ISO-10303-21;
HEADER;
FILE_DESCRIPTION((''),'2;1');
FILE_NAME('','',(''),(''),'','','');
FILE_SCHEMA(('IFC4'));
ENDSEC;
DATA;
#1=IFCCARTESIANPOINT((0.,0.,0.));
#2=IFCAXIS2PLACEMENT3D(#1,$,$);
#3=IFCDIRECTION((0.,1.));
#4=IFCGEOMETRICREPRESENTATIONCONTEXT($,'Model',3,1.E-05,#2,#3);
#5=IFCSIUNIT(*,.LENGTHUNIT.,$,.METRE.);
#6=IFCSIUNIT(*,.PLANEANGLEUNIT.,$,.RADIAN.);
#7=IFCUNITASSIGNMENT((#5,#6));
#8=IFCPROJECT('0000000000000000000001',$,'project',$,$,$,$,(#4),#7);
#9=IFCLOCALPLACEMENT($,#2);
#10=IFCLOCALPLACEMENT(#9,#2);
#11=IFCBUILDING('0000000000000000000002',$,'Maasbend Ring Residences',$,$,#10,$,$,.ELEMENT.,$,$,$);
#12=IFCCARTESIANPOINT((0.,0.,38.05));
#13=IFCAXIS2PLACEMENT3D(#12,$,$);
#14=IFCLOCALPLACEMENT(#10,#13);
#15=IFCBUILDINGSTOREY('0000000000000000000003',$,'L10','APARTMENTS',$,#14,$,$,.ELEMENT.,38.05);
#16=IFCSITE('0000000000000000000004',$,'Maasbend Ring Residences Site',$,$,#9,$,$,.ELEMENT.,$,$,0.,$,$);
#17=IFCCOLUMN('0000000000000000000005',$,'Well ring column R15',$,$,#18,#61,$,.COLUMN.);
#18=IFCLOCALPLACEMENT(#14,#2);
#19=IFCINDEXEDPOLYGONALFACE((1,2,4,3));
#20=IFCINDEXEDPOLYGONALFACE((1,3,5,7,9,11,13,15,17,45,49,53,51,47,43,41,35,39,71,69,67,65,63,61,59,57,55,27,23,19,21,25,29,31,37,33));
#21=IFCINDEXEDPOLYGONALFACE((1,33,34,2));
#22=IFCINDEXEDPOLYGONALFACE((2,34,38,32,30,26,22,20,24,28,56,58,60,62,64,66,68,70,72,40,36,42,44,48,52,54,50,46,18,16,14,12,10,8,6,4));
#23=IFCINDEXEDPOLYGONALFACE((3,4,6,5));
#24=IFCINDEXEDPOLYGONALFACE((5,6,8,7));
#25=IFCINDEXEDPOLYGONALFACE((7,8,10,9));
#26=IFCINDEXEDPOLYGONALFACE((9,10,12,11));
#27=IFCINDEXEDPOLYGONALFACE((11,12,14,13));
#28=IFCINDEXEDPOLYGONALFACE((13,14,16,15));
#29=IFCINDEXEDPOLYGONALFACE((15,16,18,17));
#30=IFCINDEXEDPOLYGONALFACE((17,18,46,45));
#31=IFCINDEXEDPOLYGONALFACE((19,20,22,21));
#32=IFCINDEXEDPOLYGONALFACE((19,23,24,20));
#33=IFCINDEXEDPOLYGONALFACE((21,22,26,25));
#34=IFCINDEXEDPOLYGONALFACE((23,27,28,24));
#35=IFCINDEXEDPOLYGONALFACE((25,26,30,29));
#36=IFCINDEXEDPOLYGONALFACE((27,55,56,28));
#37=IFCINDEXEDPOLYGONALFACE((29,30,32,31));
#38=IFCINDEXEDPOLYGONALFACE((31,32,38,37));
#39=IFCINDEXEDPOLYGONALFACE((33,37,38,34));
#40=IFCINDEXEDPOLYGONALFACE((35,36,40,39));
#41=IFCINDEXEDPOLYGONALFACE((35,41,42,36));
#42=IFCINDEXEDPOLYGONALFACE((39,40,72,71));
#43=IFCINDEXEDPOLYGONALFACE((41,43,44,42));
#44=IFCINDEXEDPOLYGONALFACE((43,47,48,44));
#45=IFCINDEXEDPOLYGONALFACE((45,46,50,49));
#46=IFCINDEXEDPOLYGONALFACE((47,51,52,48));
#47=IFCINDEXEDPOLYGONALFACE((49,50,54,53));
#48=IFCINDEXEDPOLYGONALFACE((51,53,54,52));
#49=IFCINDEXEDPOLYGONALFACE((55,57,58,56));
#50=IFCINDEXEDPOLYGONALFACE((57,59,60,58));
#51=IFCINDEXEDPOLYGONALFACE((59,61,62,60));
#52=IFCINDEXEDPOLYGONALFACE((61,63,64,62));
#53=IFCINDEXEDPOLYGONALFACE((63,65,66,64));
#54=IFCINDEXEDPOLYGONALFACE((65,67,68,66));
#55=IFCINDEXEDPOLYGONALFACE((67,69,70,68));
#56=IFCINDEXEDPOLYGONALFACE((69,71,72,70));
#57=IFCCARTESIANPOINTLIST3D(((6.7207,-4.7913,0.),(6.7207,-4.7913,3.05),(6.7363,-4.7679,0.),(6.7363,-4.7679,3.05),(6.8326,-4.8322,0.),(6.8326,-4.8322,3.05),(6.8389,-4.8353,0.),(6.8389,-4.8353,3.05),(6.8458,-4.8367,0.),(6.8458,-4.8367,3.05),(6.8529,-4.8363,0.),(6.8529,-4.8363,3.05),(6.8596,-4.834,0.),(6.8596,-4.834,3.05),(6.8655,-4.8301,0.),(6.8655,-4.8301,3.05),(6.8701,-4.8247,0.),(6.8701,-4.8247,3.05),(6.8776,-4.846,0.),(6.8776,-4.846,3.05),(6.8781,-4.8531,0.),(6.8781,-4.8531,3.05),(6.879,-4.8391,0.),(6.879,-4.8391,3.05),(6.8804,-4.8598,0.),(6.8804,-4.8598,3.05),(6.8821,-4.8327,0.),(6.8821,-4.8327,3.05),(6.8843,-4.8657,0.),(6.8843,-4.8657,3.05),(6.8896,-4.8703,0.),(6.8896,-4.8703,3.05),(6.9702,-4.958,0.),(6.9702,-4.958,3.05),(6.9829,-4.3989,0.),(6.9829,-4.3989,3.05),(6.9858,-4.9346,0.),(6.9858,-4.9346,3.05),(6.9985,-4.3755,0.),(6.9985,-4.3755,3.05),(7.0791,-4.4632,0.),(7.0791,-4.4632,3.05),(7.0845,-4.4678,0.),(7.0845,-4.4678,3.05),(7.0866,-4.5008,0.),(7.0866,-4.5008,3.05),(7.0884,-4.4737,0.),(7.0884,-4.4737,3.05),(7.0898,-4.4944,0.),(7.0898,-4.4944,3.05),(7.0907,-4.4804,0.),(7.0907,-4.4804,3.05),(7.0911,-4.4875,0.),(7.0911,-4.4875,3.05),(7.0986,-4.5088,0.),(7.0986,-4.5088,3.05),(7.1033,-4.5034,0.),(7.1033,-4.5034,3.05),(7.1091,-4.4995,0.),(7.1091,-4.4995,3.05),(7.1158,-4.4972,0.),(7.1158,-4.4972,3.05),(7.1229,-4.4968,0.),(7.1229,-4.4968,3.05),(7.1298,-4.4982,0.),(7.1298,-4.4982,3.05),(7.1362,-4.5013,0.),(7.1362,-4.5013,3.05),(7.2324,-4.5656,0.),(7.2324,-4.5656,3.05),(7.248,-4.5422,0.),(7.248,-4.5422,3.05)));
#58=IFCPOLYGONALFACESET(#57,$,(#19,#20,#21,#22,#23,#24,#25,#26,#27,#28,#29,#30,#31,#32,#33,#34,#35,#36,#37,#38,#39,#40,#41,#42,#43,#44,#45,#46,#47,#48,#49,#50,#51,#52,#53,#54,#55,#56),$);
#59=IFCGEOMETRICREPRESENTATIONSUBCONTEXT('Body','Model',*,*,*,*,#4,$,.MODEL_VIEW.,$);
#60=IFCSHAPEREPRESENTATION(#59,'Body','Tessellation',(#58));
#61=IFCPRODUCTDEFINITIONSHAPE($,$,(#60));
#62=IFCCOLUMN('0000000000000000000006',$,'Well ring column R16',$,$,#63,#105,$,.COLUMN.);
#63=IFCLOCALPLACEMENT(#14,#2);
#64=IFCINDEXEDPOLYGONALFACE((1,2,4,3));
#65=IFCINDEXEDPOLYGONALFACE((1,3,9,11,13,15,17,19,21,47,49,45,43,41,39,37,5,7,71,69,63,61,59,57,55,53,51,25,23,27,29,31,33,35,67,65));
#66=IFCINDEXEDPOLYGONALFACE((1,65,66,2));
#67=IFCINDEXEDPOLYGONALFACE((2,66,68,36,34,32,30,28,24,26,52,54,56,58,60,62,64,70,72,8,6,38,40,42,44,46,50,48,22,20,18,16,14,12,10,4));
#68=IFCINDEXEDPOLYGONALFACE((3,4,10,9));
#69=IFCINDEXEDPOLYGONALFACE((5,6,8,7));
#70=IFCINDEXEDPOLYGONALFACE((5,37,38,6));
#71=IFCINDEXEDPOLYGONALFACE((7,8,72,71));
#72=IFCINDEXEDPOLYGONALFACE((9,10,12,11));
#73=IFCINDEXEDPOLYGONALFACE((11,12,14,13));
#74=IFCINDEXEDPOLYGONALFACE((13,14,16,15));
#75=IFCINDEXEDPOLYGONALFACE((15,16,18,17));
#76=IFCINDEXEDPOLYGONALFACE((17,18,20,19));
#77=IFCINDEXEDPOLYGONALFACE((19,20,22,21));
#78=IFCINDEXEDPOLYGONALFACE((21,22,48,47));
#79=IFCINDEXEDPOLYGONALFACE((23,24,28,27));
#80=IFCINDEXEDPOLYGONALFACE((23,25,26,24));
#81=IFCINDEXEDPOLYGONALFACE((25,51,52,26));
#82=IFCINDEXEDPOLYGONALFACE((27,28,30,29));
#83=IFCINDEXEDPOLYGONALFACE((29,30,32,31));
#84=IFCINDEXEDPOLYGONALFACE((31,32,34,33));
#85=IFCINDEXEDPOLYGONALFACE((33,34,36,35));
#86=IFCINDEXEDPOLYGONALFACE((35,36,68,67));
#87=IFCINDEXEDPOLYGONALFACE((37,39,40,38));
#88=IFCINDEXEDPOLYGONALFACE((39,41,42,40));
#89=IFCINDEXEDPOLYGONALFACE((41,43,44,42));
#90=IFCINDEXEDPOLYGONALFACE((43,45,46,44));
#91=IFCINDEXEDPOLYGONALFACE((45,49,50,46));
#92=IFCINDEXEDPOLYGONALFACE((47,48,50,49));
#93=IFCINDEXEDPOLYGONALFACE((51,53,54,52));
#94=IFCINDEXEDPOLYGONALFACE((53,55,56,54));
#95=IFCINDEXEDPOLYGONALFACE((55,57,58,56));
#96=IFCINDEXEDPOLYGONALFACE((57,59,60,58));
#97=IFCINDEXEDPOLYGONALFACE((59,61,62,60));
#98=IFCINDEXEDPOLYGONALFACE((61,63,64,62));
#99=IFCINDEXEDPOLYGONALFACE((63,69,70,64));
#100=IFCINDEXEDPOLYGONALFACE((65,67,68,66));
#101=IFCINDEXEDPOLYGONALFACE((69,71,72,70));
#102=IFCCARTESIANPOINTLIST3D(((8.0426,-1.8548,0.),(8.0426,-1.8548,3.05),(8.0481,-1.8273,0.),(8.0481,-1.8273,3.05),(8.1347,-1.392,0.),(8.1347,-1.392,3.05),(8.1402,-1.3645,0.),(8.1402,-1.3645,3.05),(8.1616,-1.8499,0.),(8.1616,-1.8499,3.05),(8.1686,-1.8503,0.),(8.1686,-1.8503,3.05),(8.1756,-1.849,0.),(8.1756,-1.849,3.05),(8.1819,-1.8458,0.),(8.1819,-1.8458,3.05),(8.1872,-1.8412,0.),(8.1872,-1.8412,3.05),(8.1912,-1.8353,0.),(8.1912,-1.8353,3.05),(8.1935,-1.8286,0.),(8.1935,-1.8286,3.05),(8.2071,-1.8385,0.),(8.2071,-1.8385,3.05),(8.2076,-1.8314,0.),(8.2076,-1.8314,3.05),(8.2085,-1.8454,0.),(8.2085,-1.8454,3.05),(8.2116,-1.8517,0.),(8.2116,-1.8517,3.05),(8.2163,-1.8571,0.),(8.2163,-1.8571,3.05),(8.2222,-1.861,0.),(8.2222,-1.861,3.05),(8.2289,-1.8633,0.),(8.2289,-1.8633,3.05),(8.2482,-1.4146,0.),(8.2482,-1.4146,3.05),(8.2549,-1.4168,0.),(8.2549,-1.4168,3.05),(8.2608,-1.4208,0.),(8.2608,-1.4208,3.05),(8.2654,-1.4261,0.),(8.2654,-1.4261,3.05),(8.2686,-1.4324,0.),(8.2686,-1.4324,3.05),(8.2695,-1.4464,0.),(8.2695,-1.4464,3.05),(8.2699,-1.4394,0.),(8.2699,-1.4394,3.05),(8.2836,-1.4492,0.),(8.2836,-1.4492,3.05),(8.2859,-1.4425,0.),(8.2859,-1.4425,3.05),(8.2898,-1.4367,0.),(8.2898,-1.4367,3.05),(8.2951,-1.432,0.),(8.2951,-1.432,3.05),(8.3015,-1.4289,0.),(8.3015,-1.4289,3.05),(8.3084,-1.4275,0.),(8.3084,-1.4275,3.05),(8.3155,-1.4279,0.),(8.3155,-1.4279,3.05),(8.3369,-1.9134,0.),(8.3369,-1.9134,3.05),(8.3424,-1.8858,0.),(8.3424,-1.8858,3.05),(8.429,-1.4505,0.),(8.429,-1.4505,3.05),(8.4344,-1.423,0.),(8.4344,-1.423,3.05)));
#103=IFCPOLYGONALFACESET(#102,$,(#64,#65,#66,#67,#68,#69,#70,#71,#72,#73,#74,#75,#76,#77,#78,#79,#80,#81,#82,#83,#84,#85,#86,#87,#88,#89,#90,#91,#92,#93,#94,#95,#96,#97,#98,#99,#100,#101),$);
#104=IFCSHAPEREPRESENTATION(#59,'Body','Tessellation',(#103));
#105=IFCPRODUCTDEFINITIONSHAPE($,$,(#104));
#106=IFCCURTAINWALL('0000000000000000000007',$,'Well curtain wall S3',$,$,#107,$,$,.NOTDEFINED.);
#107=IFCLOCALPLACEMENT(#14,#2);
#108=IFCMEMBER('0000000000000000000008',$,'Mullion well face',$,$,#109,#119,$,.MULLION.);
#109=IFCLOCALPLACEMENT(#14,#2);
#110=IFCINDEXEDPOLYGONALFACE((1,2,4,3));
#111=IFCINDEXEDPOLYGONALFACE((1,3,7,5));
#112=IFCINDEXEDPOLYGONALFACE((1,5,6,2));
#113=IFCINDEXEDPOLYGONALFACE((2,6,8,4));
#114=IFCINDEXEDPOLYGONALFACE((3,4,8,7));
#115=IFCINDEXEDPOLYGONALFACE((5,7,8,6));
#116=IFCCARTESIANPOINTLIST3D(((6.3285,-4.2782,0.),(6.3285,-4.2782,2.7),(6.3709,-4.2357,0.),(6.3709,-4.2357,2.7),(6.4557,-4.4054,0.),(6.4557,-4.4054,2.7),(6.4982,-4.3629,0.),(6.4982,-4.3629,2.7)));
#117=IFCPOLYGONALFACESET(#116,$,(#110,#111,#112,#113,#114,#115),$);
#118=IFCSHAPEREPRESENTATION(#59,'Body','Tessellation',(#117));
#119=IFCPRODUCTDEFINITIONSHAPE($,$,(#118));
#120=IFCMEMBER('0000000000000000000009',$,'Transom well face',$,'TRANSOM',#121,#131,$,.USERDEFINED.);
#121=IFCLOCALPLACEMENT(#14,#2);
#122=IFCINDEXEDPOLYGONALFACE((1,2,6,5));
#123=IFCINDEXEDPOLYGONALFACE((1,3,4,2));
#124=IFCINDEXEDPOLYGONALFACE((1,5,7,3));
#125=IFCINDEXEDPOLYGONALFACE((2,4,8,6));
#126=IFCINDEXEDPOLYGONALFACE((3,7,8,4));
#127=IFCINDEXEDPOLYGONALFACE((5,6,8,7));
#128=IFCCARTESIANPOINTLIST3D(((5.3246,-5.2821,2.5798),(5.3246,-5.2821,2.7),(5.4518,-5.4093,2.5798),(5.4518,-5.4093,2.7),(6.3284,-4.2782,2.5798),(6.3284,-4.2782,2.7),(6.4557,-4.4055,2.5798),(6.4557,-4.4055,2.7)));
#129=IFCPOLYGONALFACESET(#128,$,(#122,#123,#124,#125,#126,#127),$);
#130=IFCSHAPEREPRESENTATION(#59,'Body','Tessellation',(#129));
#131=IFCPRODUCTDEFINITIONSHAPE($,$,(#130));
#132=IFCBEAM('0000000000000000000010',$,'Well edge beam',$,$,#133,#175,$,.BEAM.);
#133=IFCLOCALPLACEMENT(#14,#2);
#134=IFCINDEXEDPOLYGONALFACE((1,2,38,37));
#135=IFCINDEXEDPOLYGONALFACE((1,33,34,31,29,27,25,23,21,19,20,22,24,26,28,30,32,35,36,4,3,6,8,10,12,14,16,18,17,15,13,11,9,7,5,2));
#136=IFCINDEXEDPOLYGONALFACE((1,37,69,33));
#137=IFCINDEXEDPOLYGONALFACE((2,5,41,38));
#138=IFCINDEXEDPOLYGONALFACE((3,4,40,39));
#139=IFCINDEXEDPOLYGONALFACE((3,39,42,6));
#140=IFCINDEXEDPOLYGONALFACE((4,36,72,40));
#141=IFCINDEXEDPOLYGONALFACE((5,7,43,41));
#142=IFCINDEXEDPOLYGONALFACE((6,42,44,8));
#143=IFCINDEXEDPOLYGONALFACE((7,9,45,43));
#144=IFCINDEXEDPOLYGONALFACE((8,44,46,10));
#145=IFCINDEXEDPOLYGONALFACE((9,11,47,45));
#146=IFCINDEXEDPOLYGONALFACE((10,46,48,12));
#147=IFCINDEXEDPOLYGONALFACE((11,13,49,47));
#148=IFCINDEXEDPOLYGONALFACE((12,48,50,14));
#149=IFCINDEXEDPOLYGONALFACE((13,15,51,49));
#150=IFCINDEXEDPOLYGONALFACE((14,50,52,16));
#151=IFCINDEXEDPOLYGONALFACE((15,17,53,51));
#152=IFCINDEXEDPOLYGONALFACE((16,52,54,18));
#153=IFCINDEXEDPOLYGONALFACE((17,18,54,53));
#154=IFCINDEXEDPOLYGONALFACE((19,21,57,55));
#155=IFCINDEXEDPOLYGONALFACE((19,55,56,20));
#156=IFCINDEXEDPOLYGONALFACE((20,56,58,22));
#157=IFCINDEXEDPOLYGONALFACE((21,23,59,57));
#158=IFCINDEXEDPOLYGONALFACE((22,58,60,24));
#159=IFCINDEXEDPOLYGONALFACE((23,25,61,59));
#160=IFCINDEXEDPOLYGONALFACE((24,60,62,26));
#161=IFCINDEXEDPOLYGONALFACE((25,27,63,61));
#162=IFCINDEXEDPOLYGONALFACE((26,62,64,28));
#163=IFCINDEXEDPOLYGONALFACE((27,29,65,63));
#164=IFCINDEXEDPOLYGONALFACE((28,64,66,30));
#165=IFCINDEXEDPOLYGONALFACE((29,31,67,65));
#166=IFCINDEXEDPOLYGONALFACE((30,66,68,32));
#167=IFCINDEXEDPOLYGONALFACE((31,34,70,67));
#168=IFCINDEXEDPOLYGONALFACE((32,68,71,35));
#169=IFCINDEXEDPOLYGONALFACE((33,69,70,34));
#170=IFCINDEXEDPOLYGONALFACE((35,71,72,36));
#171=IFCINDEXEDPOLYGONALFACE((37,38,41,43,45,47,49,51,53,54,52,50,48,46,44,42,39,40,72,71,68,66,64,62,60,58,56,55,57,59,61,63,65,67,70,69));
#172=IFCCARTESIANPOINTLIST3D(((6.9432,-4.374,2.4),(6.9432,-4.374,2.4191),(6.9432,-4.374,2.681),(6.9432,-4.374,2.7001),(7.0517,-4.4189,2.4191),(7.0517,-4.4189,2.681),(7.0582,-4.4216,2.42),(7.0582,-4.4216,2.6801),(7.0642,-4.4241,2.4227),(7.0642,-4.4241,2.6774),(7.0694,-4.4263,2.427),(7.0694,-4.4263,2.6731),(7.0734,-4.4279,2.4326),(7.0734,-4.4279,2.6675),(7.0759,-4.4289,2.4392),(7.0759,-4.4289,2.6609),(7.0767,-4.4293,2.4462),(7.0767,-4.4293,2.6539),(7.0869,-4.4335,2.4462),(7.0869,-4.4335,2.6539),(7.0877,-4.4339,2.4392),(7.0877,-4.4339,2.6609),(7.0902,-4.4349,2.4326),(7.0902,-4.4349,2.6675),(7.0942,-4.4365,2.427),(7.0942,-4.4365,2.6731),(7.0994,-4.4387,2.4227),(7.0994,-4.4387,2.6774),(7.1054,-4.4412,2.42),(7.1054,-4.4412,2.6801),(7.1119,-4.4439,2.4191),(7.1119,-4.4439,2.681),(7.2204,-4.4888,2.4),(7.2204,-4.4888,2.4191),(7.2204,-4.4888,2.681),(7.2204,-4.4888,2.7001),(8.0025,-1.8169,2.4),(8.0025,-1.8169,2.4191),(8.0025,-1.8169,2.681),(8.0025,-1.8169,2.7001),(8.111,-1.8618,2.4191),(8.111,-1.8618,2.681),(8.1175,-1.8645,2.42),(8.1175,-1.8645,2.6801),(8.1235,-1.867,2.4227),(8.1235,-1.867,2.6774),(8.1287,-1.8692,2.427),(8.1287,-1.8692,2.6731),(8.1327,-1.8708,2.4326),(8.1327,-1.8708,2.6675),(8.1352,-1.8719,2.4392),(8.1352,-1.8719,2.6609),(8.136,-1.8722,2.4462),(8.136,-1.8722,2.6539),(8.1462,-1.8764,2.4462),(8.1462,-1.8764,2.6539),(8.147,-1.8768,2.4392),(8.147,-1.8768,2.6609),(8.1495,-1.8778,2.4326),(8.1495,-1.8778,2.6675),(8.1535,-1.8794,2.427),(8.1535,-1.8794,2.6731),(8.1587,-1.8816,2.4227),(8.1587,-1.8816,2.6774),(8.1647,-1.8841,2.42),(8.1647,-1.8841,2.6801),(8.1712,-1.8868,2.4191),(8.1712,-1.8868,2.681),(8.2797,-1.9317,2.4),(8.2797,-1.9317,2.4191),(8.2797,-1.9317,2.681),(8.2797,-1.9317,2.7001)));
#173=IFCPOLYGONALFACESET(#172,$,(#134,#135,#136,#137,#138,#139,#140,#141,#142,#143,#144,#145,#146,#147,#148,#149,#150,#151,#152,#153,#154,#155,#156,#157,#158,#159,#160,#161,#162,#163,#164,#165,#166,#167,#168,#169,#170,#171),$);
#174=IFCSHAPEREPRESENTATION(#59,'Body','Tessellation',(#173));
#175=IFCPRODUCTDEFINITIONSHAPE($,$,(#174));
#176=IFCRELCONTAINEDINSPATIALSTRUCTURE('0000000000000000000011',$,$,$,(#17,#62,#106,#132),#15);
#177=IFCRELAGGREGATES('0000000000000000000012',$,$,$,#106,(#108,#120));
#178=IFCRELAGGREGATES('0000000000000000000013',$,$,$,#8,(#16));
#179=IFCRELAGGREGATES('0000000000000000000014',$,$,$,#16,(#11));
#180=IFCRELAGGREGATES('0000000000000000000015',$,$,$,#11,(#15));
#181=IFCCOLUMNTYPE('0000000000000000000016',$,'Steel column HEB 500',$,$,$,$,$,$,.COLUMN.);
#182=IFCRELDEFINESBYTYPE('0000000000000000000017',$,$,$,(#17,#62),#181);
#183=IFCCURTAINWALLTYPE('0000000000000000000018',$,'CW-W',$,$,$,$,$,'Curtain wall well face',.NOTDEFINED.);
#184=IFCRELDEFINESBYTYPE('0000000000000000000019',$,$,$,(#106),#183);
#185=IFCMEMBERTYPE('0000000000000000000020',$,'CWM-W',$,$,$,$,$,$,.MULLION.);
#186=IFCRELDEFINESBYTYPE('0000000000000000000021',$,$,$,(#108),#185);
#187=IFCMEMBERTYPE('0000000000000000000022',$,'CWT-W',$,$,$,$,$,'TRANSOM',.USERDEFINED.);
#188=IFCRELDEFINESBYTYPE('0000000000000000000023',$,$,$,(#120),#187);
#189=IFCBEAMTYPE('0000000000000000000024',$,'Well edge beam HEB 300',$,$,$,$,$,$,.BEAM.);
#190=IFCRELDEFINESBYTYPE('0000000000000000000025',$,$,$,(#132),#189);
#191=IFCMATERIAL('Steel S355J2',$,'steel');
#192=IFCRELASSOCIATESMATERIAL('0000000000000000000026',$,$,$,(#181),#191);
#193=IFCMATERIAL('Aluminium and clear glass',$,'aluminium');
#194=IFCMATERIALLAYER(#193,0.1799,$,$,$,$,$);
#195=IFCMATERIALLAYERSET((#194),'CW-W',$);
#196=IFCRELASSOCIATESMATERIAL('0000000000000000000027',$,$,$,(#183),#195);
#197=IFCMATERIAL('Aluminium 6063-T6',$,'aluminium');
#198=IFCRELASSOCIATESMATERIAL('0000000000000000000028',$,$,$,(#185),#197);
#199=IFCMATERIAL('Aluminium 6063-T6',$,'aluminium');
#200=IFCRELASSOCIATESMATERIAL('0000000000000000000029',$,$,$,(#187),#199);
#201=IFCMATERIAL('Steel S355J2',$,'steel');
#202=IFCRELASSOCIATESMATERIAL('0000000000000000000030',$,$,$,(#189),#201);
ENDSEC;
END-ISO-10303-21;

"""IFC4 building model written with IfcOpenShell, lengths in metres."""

from ifc_helpers import new_model, si_unit, direction, frame, origin, origin_2d, place, context, subcontext, project, spatial, rectangle, i_section, extrude, material, layer, layer_set, material_profile, profile_set, type_object, element, aggregate, save


model = new_model("IFC4")

# Units and contexts
model_context = context("Model", 3, precision=1e-05, world=origin(), true_north=direction((0.0, 1.0)))
body_context = subcontext(model_context, "Body", "Model", "MODEL_VIEW")
ifc_project = project(units=[si_unit("LENGTHUNIT", "METRE"), si_unit("PLANEANGLEUNIT", "RADIAN")], contexts=[model_context])

# Site, building, storey
site_placement = place(None, origin())
site = spatial("IfcSite", under=ifc_project, at=site_placement, Name="Maasbend Ring Residences Site", CompositionType="ELEMENT", RefElevation=0.0)
building_placement = place(site_placement, origin())
building = spatial("IfcBuilding", under=site, at=building_placement, Name="Maasbend Ring Residences", CompositionType="ELEMENT")
storey_placement = place(building_placement, frame((0.0, 0.0, 38.05)))
storey = spatial("IfcBuildingStorey", under=building, at=storey_placement, Name="L10", Description="APARTMENTS", CompositionType="ELEMENT", Elevation=38.05)

# Columns
ifc_material_1 = material(Name="Steel S355J2", Category="steel")
ifc_material_profile_1 = material_profile(ifc_material_1, i_section(OverallWidth=0.3, OverallDepth=0.5, WebThickness=0.0144, FlangeThickness=0.0281, FilletRadius=0.0271, at=origin_2d()), Name="HEB 500")
ifc_profile_set_1 = profile_set([ifc_material_profile_1], Name="Steel S355J2")
column_type = type_object("IfcColumnType", Name="Steel column HEB 500", PredefinedType="COLUMN", material=ifc_profile_set_1)
for number, where, z_axis, x_axis, name in (
    (1, (6.9844, -4.6667, 0.0), (0.0, 0.0, 1.0), (0.83147, -0.55557, 0.0), "Well ring column R15"),
    (2, (8.2385, -1.6389, 0.0), (0.0, 0.0, 1.0), (0.980785, -0.19509, 0.0), "Well ring column R16"),
):
    element("IfcColumn", number, at=place(storey_placement, frame(where, z_axis=z_axis, x_axis=x_axis)), inside=storey, type_object=column_type, Name=name, PredefinedType="COLUMN", context=body_context, shape_type="SweptSolid", body=[
        extrude(i_section(OverallWidth=0.3, OverallDepth=0.5, WebThickness=0.0144, FlangeThickness=0.0281, FilletRadius=0.0271, at=origin_2d()), origin(), (0.0, 0.0, 1.0), 3.05),
    ])

# Curtain wall, members
ifc_material_2 = material(Name="Aluminium and clear glass", Category="aluminium")
ifc_layer_1 = layer(ifc_material_2, 0.1799)
ifc_layer_set_1 = layer_set([ifc_layer_1], Name="CW-W")
curtain_wall_type = type_object("IfcCurtainWallType", Name="CW-W", ElementType="Curtain wall well face", PredefinedType="NOTDEFINED", material=ifc_layer_set_1)
curtain_wall_placement = place(storey_placement, origin())
curtain_wall = element("IfcCurtainWall", 3, at=curtain_wall_placement, inside=storey, type_object=curtain_wall_type, Name="Well curtain wall S3", PredefinedType="NOTDEFINED")
ifc_material_3 = material(Name="Aluminium 6063-T6", Category="aluminium")
ifc_material_profile_2 = material_profile(ifc_material_3, rectangle(XDim=0.1799, YDim=0.0601, at=origin_2d()), Name="AL 180x60")
ifc_profile_set_2 = profile_set([ifc_material_profile_2], Name="Aluminium 6063-T6")
member_type_1 = type_object("IfcMemberType", Name="CWM-W", PredefinedType="MULLION", material=ifc_profile_set_2)
member_1_placement = place(storey_placement, frame((6.4133, -4.3206, 0.0), z_axis=(0.0, 0.0, 1.0), x_axis=(-0.707107, 0.707107, 0.0)))
member_1 = element("IfcMember", 4, at=member_1_placement, type_object=member_type_1, Name="Mullion well face", PredefinedType="MULLION", context=body_context, shape_type="SweptSolid", body=[
    extrude(rectangle(XDim=0.1799, YDim=0.0601, at=origin_2d()), origin(), (0.0, 0.0, 1.0), 2.7),
])
ifc_material_4 = material(Name="Aluminium 6063-T6", Category="aluminium")
ifc_material_profile_3 = material_profile(ifc_material_4, rectangle(XDim=0.1799, YDim=0.1201, at=origin_2d()), Name="AL 180x120")
ifc_profile_set_3 = profile_set([ifc_material_profile_3], Name="Aluminium 6063-T6")
member_type_2 = type_object("IfcMemberType", Name="CWT-W", ElementType="TRANSOM", PredefinedType="USERDEFINED", material=ifc_profile_set_3)
member_2_placement = place(storey_placement, frame((5.3882, -5.3457, 2.6399), z_axis=(0.707107, 0.707107, 0.0), x_axis=(-0.707107, 0.707107, 0.0)))
member_2 = element("IfcMember", 5, at=member_2_placement, type_object=member_type_2, Name="Transom well face", ObjectType="TRANSOM", PredefinedType="USERDEFINED", context=body_context, shape_type="SweptSolid", body=[
    extrude(rectangle(XDim=0.1799, YDim=0.1201, at=origin_2d()), origin(), (0.0, 0.0, 1.0), 1.4197),
])

# Beam
ifc_material_5 = material(Name="Steel S355J2", Category="steel")
ifc_material_profile_4 = material_profile(ifc_material_5, i_section(OverallWidth=0.3, OverallDepth=0.3, WebThickness=0.011, FlangeThickness=0.019, FilletRadius=0.0271, at=origin_2d()), Name="HEB 300")
ifc_profile_set_4 = profile_set([ifc_material_profile_4], Name="Steel S355J2")
beam_type = type_object("IfcBeamType", Name="Well edge beam HEB 300", PredefinedType="BEAM", material=ifc_profile_set_4)
beam_1_placement = place(storey_placement, frame((7.0818, -4.4314, 2.55), z_axis=(0.382723, 0.923863, 0.0), x_axis=(-0.923863, 0.382723, 0.0)))
element("IfcBeam", 6, at=beam_1_placement, inside=storey, type_object=beam_type, Name="Well edge beam", PredefinedType="BEAM", context=body_context, shape_type="SweptSolid", body=[
    extrude(i_section(OverallWidth=0.3, OverallDepth=0.3, WebThickness=0.011, FlangeThickness=0.019, FilletRadius=0.0271, at=origin_2d()), origin(), (0.0, 0.0, 1.0), 2.7678),
])

aggregate(curtain_wall, [member_1, member_2])

save(model, "model.ifc")
